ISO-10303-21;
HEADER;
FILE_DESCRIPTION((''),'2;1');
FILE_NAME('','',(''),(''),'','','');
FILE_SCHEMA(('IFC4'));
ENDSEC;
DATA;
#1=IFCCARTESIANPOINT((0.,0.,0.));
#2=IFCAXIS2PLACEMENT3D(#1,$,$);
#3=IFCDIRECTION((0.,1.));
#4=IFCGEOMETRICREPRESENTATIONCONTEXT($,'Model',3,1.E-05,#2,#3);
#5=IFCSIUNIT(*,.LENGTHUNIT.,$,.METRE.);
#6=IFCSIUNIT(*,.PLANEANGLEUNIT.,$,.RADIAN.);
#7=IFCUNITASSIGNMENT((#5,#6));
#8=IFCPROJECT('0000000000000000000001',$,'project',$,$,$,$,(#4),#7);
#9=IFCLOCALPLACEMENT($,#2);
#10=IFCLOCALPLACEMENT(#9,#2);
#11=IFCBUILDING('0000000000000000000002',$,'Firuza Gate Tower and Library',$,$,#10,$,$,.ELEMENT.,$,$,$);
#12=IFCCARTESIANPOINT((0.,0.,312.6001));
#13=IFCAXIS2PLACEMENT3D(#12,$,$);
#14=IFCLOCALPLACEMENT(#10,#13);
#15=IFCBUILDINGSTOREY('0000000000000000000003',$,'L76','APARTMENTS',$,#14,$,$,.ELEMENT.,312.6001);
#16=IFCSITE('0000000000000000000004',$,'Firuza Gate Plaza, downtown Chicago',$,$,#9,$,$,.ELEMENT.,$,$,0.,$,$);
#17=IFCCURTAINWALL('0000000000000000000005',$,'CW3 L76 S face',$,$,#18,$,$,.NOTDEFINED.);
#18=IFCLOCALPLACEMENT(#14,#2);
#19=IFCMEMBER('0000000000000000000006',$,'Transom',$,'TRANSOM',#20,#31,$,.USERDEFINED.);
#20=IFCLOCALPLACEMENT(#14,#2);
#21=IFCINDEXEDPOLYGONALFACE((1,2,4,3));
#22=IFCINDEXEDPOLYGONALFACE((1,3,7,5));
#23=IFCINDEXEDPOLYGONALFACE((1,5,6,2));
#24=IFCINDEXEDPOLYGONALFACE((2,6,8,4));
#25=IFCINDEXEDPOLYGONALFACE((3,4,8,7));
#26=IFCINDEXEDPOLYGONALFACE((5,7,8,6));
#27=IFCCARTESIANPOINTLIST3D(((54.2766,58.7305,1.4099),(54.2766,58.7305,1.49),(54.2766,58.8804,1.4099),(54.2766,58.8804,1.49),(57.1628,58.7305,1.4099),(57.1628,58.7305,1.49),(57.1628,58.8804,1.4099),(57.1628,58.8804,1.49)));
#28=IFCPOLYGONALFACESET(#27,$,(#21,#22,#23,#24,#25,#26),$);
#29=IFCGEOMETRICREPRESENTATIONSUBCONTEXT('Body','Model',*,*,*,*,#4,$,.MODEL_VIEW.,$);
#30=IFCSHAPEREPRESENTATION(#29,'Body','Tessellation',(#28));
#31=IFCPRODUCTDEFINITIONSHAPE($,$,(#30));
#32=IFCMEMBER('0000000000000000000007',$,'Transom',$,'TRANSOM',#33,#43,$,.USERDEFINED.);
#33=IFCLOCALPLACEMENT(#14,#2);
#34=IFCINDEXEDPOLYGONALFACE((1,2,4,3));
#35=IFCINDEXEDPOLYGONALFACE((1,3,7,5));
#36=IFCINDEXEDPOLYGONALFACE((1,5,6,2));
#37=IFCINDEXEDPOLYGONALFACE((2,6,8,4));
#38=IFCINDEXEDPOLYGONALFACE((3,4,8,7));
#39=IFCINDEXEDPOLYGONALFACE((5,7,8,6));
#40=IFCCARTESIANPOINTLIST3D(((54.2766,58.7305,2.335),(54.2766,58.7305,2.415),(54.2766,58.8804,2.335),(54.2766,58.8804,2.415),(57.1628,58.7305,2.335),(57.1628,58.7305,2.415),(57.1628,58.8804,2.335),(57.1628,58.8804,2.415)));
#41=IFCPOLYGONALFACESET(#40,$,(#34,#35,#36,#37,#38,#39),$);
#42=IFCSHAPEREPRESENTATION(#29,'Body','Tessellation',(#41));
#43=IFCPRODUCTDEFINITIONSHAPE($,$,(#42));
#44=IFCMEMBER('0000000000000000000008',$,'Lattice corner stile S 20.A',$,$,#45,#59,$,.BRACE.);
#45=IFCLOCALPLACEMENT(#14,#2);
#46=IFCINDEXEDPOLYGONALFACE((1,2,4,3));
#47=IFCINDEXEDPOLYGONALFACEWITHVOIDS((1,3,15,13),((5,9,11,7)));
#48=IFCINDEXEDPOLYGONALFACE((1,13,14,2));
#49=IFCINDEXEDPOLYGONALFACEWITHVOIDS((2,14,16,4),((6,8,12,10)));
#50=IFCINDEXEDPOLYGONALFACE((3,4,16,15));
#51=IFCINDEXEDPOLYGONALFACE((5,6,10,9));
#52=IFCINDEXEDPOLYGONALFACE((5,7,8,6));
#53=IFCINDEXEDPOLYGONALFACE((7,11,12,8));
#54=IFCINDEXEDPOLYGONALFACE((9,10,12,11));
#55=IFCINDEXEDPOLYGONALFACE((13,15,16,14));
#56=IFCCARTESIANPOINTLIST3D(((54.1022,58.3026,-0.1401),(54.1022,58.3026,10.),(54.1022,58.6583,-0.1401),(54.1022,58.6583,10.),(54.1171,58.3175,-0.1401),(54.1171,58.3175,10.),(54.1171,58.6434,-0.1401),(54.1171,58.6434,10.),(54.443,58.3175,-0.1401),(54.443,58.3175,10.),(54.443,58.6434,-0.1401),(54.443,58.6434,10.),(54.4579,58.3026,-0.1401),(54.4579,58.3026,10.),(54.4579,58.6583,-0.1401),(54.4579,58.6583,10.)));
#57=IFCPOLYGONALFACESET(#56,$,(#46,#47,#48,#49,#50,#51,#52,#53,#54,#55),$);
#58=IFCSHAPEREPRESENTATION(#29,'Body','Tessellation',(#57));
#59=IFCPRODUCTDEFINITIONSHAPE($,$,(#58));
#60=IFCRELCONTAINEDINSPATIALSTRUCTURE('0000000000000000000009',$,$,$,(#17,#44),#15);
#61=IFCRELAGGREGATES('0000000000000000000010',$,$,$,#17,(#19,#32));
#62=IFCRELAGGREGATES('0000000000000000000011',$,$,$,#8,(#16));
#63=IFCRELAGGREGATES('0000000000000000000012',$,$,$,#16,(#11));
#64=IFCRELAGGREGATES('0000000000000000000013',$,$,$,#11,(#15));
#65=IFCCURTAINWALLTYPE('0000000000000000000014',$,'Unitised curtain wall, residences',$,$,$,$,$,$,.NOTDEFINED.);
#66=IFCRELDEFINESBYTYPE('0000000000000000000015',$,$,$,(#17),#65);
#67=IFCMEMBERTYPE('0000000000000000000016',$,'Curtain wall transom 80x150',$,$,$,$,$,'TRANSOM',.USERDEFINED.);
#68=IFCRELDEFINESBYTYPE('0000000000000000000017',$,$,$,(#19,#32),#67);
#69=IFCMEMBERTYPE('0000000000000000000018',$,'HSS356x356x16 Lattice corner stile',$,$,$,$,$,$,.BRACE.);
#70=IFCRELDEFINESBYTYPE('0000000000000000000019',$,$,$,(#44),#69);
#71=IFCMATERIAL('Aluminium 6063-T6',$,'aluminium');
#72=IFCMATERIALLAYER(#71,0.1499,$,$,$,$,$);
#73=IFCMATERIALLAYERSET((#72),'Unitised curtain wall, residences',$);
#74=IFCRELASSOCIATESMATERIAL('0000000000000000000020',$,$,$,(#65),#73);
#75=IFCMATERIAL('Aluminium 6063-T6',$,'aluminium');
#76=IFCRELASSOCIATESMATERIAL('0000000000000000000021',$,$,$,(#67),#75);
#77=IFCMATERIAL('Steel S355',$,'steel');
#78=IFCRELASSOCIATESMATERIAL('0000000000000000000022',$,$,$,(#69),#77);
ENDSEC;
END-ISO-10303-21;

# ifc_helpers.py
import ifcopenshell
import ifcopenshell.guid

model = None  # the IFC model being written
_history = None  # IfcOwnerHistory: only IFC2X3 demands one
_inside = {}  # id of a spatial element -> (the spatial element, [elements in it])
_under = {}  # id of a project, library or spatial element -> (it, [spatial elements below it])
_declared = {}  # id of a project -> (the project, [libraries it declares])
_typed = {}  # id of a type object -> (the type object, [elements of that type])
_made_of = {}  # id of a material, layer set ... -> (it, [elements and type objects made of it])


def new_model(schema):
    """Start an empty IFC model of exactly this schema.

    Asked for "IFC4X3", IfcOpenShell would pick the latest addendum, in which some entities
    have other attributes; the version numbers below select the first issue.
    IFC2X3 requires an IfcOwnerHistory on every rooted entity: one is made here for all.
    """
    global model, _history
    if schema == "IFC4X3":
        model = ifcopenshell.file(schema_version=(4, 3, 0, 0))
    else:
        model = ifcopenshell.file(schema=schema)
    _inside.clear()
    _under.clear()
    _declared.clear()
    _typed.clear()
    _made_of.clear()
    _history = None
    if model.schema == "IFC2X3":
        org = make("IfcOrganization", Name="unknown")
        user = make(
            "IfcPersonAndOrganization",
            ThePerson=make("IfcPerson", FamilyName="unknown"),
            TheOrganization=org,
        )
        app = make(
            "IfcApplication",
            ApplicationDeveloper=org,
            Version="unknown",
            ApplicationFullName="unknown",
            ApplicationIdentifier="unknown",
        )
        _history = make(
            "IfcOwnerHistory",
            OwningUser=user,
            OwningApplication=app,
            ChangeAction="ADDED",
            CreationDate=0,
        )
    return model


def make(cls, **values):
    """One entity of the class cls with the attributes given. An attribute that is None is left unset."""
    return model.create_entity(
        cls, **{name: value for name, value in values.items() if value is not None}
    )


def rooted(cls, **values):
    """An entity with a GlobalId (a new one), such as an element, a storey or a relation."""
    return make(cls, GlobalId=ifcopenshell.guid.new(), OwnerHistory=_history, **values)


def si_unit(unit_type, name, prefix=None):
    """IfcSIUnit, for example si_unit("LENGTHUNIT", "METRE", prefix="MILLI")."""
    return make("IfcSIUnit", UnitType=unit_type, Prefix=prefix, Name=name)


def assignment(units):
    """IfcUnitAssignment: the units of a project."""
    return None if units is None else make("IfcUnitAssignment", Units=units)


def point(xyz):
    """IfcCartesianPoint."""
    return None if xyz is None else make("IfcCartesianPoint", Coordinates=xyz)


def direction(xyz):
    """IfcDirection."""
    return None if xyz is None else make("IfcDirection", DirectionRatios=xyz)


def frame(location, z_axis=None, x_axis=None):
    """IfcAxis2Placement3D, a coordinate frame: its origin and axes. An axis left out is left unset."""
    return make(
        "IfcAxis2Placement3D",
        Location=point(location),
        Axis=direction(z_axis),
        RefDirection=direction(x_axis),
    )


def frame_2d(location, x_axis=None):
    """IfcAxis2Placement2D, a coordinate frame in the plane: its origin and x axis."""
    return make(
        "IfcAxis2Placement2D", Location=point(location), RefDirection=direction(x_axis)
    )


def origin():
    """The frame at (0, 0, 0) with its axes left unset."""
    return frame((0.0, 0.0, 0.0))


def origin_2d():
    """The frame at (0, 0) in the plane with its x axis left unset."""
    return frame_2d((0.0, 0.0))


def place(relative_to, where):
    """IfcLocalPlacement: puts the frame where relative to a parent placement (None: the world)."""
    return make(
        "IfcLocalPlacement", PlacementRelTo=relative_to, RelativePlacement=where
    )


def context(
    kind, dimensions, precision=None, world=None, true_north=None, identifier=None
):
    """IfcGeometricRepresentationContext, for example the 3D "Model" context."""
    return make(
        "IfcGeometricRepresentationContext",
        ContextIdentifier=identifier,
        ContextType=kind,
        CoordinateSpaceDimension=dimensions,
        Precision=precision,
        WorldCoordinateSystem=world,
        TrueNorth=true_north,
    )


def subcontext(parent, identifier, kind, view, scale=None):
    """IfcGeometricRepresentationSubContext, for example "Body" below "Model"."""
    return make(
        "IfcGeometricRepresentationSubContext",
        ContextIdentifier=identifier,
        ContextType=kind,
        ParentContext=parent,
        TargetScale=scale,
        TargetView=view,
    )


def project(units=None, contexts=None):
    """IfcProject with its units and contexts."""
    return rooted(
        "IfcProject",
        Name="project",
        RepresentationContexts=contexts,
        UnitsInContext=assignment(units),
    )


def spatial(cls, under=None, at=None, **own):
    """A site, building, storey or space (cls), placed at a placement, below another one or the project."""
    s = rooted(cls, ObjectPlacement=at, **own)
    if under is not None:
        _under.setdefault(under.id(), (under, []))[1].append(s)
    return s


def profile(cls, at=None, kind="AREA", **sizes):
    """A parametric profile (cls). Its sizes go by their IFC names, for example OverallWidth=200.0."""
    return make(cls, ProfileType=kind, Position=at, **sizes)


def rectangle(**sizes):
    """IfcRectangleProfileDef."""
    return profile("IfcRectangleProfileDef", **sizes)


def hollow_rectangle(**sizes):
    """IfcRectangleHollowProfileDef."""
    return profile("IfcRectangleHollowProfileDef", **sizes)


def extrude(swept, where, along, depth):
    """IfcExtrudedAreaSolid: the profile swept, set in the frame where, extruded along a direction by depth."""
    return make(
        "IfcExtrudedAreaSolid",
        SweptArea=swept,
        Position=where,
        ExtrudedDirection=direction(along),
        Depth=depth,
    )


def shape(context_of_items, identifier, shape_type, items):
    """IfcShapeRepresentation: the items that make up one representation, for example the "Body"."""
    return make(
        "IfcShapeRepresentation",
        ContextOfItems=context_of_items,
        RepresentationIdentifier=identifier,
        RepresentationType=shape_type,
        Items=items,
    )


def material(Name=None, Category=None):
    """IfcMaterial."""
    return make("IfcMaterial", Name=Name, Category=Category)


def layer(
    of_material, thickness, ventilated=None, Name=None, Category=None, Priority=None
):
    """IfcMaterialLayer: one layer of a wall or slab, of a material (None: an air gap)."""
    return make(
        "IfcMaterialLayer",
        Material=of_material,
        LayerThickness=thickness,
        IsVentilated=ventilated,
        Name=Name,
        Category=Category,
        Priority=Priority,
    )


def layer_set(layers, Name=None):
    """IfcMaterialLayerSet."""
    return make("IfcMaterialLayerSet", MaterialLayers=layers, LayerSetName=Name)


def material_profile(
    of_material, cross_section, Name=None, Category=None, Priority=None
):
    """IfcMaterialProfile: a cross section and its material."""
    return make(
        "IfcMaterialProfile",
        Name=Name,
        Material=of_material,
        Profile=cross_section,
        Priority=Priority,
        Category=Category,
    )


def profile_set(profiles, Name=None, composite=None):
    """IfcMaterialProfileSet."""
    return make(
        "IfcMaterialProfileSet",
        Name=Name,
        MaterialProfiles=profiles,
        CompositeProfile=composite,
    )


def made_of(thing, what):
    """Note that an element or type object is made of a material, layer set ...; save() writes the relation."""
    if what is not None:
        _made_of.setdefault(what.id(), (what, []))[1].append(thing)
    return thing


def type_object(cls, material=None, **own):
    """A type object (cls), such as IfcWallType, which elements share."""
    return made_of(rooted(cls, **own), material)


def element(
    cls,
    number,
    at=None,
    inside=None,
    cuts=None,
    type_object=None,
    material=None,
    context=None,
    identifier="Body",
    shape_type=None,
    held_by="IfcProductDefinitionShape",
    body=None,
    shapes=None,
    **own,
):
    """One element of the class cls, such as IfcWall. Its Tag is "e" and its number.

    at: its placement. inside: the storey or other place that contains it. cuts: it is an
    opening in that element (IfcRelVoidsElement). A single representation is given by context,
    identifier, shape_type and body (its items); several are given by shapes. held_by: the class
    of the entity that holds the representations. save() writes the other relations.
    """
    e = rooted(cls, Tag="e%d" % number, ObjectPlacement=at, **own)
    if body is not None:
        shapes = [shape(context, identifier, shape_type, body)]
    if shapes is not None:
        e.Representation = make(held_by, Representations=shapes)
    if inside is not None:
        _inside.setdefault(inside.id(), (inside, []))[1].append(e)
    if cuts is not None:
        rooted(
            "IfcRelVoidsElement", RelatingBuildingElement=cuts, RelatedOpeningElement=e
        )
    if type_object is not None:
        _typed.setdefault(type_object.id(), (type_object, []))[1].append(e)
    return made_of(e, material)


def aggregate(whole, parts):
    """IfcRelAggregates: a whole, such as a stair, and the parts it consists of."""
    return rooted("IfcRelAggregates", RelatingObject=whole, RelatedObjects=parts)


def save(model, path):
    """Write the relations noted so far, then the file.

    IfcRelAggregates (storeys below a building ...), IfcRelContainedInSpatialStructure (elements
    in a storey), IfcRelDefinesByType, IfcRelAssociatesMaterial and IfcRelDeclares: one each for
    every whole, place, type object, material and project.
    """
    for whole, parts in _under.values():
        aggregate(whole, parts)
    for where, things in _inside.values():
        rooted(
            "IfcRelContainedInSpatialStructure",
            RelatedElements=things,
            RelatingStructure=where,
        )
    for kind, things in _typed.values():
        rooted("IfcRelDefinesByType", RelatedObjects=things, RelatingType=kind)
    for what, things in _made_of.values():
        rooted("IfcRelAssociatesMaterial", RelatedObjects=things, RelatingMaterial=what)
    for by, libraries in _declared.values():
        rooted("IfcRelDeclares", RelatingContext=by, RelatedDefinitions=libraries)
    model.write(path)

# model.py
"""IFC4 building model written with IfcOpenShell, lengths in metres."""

from ifc_helpers import new_model, si_unit, direction, frame, origin, origin_2d, place, context, subcontext, project, spatial, rectangle, hollow_rectangle, extrude, material, layer, layer_set, material_profile, profile_set, type_object, element, aggregate, save


model = new_model("IFC4")

# Units and contexts
model_context = context("Model", 3, precision=1e-05, world=origin(), true_north=direction((0.0, 1.0)))
body_context = subcontext(model_context, "Body", "Model", "MODEL_VIEW")
ifc_project = project(units=[si_unit("LENGTHUNIT", "METRE"), si_unit("PLANEANGLEUNIT", "RADIAN")], contexts=[model_context])

# Site, building, storey
site_placement = place(None, origin())
site = spatial("IfcSite", under=ifc_project, at=site_placement, Name="Firuza Gate Plaza, downtown Chicago", CompositionType="ELEMENT", RefElevation=0.0)
building_placement = place(site_placement, origin())
building = spatial("IfcBuilding", under=site, at=building_placement, Name="Firuza Gate Tower and Library", CompositionType="ELEMENT")
storey_placement = place(building_placement, frame((0.0, 0.0, 312.6001)))
storey = spatial("IfcBuildingStorey", under=building, at=storey_placement, Name="L76", Description="APARTMENTS", CompositionType="ELEMENT", Elevation=312.6001)

# Curtain wall
ifc_material_1 = material(Name="Aluminium 6063-T6", Category="aluminium")
ifc_layer_1 = layer(ifc_material_1, 0.1499)
ifc_layer_set_1 = layer_set([ifc_layer_1], Name="Unitised curtain wall, residences")
curtain_wall_type_1 = type_object("IfcCurtainWallType", Name="Unitised curtain wall, residences", PredefinedType="NOTDEFINED", material=ifc_layer_set_1)
placement_1 = place(storey_placement, origin())
curtain_wall_1 = element("IfcCurtainWall", 1, at=placement_1, inside=storey, type_object=curtain_wall_type_1, Name="CW3 L76 S face", PredefinedType="NOTDEFINED")

# Members
ifc_material_2 = material(Name="Aluminium 6063-T6", Category="aluminium")
ifc_material_profile_1 = material_profile(ifc_material_2, rectangle(XDim=0.1499, YDim=0.0801, at=origin_2d()))
ifc_profile_set_1 = profile_set([ifc_material_profile_1], Name="Aluminium 6063-T6")
member_type_1 = type_object("IfcMemberType", Name="Curtain wall transom 80x150", ElementType="TRANSOM", PredefinedType="USERDEFINED", material=ifc_profile_set_1)
member_1_placement = place(storey_placement, frame((54.2766, 58.8054, 1.45), z_axis=(1.0, 0.0, 0.0), x_axis=(0.0, 1.0, 0.0)))
member_1 = element("IfcMember", 2, at=member_1_placement, type_object=member_type_1, Name="Transom", ObjectType="TRANSOM", PredefinedType="USERDEFINED", context=body_context, shape_type="SweptSolid", body=[
    extrude(rectangle(XDim=0.1499, YDim=0.0801, at=origin_2d()), origin(), (0.0, 0.0, 1.0), 2.8862),
])
member_2_placement = place(storey_placement, frame((54.2766, 58.8054, 2.375), z_axis=(1.0, 0.0, 0.0), x_axis=(0.0, 1.0, 0.0)))
member_2 = element("IfcMember", 3, at=member_2_placement, type_object=member_type_1, Name="Transom", ObjectType="TRANSOM", PredefinedType="USERDEFINED", context=body_context, shape_type="SweptSolid", body=[
    extrude(rectangle(XDim=0.1499, YDim=0.0801, at=origin_2d()), origin(), (0.0, 0.0, 1.0), 2.8862),
])
ifc_material_3 = material(Name="Steel S355", Category="steel")
ifc_material_profile_2 = material_profile(ifc_material_3, hollow_rectangle(XDim=0.3557, YDim=0.3557, WallThickness=0.0149, at=origin_2d()))
ifc_profile_set_2 = profile_set([ifc_material_profile_2], Name="Steel S355")
member_type_2 = type_object("IfcMemberType", Name="HSS356x356x16 Lattice corner stile", PredefinedType="BRACE", material=ifc_profile_set_2)
member_3_placement = place(storey_placement, frame((54.28, 58.4805, -0.1401), z_axis=(0.0, 0.0, 1.0), x_axis=(1.0, 0.0, 0.0)))
element("IfcMember", 4, at=member_3_placement, inside=storey, type_object=member_type_2, Name="Lattice corner stile S 20.A", PredefinedType="BRACE", context=body_context, shape_type="SweptSolid", body=[
    extrude(hollow_rectangle(XDim=0.3557, YDim=0.3557, WallThickness=0.0149, at=origin_2d()), origin(), (0.0, 0.0, 1.0), 10.1401),
])

aggregate(curtain_wall_1, [member_1, member_2])

save(model, "model.ifc")
